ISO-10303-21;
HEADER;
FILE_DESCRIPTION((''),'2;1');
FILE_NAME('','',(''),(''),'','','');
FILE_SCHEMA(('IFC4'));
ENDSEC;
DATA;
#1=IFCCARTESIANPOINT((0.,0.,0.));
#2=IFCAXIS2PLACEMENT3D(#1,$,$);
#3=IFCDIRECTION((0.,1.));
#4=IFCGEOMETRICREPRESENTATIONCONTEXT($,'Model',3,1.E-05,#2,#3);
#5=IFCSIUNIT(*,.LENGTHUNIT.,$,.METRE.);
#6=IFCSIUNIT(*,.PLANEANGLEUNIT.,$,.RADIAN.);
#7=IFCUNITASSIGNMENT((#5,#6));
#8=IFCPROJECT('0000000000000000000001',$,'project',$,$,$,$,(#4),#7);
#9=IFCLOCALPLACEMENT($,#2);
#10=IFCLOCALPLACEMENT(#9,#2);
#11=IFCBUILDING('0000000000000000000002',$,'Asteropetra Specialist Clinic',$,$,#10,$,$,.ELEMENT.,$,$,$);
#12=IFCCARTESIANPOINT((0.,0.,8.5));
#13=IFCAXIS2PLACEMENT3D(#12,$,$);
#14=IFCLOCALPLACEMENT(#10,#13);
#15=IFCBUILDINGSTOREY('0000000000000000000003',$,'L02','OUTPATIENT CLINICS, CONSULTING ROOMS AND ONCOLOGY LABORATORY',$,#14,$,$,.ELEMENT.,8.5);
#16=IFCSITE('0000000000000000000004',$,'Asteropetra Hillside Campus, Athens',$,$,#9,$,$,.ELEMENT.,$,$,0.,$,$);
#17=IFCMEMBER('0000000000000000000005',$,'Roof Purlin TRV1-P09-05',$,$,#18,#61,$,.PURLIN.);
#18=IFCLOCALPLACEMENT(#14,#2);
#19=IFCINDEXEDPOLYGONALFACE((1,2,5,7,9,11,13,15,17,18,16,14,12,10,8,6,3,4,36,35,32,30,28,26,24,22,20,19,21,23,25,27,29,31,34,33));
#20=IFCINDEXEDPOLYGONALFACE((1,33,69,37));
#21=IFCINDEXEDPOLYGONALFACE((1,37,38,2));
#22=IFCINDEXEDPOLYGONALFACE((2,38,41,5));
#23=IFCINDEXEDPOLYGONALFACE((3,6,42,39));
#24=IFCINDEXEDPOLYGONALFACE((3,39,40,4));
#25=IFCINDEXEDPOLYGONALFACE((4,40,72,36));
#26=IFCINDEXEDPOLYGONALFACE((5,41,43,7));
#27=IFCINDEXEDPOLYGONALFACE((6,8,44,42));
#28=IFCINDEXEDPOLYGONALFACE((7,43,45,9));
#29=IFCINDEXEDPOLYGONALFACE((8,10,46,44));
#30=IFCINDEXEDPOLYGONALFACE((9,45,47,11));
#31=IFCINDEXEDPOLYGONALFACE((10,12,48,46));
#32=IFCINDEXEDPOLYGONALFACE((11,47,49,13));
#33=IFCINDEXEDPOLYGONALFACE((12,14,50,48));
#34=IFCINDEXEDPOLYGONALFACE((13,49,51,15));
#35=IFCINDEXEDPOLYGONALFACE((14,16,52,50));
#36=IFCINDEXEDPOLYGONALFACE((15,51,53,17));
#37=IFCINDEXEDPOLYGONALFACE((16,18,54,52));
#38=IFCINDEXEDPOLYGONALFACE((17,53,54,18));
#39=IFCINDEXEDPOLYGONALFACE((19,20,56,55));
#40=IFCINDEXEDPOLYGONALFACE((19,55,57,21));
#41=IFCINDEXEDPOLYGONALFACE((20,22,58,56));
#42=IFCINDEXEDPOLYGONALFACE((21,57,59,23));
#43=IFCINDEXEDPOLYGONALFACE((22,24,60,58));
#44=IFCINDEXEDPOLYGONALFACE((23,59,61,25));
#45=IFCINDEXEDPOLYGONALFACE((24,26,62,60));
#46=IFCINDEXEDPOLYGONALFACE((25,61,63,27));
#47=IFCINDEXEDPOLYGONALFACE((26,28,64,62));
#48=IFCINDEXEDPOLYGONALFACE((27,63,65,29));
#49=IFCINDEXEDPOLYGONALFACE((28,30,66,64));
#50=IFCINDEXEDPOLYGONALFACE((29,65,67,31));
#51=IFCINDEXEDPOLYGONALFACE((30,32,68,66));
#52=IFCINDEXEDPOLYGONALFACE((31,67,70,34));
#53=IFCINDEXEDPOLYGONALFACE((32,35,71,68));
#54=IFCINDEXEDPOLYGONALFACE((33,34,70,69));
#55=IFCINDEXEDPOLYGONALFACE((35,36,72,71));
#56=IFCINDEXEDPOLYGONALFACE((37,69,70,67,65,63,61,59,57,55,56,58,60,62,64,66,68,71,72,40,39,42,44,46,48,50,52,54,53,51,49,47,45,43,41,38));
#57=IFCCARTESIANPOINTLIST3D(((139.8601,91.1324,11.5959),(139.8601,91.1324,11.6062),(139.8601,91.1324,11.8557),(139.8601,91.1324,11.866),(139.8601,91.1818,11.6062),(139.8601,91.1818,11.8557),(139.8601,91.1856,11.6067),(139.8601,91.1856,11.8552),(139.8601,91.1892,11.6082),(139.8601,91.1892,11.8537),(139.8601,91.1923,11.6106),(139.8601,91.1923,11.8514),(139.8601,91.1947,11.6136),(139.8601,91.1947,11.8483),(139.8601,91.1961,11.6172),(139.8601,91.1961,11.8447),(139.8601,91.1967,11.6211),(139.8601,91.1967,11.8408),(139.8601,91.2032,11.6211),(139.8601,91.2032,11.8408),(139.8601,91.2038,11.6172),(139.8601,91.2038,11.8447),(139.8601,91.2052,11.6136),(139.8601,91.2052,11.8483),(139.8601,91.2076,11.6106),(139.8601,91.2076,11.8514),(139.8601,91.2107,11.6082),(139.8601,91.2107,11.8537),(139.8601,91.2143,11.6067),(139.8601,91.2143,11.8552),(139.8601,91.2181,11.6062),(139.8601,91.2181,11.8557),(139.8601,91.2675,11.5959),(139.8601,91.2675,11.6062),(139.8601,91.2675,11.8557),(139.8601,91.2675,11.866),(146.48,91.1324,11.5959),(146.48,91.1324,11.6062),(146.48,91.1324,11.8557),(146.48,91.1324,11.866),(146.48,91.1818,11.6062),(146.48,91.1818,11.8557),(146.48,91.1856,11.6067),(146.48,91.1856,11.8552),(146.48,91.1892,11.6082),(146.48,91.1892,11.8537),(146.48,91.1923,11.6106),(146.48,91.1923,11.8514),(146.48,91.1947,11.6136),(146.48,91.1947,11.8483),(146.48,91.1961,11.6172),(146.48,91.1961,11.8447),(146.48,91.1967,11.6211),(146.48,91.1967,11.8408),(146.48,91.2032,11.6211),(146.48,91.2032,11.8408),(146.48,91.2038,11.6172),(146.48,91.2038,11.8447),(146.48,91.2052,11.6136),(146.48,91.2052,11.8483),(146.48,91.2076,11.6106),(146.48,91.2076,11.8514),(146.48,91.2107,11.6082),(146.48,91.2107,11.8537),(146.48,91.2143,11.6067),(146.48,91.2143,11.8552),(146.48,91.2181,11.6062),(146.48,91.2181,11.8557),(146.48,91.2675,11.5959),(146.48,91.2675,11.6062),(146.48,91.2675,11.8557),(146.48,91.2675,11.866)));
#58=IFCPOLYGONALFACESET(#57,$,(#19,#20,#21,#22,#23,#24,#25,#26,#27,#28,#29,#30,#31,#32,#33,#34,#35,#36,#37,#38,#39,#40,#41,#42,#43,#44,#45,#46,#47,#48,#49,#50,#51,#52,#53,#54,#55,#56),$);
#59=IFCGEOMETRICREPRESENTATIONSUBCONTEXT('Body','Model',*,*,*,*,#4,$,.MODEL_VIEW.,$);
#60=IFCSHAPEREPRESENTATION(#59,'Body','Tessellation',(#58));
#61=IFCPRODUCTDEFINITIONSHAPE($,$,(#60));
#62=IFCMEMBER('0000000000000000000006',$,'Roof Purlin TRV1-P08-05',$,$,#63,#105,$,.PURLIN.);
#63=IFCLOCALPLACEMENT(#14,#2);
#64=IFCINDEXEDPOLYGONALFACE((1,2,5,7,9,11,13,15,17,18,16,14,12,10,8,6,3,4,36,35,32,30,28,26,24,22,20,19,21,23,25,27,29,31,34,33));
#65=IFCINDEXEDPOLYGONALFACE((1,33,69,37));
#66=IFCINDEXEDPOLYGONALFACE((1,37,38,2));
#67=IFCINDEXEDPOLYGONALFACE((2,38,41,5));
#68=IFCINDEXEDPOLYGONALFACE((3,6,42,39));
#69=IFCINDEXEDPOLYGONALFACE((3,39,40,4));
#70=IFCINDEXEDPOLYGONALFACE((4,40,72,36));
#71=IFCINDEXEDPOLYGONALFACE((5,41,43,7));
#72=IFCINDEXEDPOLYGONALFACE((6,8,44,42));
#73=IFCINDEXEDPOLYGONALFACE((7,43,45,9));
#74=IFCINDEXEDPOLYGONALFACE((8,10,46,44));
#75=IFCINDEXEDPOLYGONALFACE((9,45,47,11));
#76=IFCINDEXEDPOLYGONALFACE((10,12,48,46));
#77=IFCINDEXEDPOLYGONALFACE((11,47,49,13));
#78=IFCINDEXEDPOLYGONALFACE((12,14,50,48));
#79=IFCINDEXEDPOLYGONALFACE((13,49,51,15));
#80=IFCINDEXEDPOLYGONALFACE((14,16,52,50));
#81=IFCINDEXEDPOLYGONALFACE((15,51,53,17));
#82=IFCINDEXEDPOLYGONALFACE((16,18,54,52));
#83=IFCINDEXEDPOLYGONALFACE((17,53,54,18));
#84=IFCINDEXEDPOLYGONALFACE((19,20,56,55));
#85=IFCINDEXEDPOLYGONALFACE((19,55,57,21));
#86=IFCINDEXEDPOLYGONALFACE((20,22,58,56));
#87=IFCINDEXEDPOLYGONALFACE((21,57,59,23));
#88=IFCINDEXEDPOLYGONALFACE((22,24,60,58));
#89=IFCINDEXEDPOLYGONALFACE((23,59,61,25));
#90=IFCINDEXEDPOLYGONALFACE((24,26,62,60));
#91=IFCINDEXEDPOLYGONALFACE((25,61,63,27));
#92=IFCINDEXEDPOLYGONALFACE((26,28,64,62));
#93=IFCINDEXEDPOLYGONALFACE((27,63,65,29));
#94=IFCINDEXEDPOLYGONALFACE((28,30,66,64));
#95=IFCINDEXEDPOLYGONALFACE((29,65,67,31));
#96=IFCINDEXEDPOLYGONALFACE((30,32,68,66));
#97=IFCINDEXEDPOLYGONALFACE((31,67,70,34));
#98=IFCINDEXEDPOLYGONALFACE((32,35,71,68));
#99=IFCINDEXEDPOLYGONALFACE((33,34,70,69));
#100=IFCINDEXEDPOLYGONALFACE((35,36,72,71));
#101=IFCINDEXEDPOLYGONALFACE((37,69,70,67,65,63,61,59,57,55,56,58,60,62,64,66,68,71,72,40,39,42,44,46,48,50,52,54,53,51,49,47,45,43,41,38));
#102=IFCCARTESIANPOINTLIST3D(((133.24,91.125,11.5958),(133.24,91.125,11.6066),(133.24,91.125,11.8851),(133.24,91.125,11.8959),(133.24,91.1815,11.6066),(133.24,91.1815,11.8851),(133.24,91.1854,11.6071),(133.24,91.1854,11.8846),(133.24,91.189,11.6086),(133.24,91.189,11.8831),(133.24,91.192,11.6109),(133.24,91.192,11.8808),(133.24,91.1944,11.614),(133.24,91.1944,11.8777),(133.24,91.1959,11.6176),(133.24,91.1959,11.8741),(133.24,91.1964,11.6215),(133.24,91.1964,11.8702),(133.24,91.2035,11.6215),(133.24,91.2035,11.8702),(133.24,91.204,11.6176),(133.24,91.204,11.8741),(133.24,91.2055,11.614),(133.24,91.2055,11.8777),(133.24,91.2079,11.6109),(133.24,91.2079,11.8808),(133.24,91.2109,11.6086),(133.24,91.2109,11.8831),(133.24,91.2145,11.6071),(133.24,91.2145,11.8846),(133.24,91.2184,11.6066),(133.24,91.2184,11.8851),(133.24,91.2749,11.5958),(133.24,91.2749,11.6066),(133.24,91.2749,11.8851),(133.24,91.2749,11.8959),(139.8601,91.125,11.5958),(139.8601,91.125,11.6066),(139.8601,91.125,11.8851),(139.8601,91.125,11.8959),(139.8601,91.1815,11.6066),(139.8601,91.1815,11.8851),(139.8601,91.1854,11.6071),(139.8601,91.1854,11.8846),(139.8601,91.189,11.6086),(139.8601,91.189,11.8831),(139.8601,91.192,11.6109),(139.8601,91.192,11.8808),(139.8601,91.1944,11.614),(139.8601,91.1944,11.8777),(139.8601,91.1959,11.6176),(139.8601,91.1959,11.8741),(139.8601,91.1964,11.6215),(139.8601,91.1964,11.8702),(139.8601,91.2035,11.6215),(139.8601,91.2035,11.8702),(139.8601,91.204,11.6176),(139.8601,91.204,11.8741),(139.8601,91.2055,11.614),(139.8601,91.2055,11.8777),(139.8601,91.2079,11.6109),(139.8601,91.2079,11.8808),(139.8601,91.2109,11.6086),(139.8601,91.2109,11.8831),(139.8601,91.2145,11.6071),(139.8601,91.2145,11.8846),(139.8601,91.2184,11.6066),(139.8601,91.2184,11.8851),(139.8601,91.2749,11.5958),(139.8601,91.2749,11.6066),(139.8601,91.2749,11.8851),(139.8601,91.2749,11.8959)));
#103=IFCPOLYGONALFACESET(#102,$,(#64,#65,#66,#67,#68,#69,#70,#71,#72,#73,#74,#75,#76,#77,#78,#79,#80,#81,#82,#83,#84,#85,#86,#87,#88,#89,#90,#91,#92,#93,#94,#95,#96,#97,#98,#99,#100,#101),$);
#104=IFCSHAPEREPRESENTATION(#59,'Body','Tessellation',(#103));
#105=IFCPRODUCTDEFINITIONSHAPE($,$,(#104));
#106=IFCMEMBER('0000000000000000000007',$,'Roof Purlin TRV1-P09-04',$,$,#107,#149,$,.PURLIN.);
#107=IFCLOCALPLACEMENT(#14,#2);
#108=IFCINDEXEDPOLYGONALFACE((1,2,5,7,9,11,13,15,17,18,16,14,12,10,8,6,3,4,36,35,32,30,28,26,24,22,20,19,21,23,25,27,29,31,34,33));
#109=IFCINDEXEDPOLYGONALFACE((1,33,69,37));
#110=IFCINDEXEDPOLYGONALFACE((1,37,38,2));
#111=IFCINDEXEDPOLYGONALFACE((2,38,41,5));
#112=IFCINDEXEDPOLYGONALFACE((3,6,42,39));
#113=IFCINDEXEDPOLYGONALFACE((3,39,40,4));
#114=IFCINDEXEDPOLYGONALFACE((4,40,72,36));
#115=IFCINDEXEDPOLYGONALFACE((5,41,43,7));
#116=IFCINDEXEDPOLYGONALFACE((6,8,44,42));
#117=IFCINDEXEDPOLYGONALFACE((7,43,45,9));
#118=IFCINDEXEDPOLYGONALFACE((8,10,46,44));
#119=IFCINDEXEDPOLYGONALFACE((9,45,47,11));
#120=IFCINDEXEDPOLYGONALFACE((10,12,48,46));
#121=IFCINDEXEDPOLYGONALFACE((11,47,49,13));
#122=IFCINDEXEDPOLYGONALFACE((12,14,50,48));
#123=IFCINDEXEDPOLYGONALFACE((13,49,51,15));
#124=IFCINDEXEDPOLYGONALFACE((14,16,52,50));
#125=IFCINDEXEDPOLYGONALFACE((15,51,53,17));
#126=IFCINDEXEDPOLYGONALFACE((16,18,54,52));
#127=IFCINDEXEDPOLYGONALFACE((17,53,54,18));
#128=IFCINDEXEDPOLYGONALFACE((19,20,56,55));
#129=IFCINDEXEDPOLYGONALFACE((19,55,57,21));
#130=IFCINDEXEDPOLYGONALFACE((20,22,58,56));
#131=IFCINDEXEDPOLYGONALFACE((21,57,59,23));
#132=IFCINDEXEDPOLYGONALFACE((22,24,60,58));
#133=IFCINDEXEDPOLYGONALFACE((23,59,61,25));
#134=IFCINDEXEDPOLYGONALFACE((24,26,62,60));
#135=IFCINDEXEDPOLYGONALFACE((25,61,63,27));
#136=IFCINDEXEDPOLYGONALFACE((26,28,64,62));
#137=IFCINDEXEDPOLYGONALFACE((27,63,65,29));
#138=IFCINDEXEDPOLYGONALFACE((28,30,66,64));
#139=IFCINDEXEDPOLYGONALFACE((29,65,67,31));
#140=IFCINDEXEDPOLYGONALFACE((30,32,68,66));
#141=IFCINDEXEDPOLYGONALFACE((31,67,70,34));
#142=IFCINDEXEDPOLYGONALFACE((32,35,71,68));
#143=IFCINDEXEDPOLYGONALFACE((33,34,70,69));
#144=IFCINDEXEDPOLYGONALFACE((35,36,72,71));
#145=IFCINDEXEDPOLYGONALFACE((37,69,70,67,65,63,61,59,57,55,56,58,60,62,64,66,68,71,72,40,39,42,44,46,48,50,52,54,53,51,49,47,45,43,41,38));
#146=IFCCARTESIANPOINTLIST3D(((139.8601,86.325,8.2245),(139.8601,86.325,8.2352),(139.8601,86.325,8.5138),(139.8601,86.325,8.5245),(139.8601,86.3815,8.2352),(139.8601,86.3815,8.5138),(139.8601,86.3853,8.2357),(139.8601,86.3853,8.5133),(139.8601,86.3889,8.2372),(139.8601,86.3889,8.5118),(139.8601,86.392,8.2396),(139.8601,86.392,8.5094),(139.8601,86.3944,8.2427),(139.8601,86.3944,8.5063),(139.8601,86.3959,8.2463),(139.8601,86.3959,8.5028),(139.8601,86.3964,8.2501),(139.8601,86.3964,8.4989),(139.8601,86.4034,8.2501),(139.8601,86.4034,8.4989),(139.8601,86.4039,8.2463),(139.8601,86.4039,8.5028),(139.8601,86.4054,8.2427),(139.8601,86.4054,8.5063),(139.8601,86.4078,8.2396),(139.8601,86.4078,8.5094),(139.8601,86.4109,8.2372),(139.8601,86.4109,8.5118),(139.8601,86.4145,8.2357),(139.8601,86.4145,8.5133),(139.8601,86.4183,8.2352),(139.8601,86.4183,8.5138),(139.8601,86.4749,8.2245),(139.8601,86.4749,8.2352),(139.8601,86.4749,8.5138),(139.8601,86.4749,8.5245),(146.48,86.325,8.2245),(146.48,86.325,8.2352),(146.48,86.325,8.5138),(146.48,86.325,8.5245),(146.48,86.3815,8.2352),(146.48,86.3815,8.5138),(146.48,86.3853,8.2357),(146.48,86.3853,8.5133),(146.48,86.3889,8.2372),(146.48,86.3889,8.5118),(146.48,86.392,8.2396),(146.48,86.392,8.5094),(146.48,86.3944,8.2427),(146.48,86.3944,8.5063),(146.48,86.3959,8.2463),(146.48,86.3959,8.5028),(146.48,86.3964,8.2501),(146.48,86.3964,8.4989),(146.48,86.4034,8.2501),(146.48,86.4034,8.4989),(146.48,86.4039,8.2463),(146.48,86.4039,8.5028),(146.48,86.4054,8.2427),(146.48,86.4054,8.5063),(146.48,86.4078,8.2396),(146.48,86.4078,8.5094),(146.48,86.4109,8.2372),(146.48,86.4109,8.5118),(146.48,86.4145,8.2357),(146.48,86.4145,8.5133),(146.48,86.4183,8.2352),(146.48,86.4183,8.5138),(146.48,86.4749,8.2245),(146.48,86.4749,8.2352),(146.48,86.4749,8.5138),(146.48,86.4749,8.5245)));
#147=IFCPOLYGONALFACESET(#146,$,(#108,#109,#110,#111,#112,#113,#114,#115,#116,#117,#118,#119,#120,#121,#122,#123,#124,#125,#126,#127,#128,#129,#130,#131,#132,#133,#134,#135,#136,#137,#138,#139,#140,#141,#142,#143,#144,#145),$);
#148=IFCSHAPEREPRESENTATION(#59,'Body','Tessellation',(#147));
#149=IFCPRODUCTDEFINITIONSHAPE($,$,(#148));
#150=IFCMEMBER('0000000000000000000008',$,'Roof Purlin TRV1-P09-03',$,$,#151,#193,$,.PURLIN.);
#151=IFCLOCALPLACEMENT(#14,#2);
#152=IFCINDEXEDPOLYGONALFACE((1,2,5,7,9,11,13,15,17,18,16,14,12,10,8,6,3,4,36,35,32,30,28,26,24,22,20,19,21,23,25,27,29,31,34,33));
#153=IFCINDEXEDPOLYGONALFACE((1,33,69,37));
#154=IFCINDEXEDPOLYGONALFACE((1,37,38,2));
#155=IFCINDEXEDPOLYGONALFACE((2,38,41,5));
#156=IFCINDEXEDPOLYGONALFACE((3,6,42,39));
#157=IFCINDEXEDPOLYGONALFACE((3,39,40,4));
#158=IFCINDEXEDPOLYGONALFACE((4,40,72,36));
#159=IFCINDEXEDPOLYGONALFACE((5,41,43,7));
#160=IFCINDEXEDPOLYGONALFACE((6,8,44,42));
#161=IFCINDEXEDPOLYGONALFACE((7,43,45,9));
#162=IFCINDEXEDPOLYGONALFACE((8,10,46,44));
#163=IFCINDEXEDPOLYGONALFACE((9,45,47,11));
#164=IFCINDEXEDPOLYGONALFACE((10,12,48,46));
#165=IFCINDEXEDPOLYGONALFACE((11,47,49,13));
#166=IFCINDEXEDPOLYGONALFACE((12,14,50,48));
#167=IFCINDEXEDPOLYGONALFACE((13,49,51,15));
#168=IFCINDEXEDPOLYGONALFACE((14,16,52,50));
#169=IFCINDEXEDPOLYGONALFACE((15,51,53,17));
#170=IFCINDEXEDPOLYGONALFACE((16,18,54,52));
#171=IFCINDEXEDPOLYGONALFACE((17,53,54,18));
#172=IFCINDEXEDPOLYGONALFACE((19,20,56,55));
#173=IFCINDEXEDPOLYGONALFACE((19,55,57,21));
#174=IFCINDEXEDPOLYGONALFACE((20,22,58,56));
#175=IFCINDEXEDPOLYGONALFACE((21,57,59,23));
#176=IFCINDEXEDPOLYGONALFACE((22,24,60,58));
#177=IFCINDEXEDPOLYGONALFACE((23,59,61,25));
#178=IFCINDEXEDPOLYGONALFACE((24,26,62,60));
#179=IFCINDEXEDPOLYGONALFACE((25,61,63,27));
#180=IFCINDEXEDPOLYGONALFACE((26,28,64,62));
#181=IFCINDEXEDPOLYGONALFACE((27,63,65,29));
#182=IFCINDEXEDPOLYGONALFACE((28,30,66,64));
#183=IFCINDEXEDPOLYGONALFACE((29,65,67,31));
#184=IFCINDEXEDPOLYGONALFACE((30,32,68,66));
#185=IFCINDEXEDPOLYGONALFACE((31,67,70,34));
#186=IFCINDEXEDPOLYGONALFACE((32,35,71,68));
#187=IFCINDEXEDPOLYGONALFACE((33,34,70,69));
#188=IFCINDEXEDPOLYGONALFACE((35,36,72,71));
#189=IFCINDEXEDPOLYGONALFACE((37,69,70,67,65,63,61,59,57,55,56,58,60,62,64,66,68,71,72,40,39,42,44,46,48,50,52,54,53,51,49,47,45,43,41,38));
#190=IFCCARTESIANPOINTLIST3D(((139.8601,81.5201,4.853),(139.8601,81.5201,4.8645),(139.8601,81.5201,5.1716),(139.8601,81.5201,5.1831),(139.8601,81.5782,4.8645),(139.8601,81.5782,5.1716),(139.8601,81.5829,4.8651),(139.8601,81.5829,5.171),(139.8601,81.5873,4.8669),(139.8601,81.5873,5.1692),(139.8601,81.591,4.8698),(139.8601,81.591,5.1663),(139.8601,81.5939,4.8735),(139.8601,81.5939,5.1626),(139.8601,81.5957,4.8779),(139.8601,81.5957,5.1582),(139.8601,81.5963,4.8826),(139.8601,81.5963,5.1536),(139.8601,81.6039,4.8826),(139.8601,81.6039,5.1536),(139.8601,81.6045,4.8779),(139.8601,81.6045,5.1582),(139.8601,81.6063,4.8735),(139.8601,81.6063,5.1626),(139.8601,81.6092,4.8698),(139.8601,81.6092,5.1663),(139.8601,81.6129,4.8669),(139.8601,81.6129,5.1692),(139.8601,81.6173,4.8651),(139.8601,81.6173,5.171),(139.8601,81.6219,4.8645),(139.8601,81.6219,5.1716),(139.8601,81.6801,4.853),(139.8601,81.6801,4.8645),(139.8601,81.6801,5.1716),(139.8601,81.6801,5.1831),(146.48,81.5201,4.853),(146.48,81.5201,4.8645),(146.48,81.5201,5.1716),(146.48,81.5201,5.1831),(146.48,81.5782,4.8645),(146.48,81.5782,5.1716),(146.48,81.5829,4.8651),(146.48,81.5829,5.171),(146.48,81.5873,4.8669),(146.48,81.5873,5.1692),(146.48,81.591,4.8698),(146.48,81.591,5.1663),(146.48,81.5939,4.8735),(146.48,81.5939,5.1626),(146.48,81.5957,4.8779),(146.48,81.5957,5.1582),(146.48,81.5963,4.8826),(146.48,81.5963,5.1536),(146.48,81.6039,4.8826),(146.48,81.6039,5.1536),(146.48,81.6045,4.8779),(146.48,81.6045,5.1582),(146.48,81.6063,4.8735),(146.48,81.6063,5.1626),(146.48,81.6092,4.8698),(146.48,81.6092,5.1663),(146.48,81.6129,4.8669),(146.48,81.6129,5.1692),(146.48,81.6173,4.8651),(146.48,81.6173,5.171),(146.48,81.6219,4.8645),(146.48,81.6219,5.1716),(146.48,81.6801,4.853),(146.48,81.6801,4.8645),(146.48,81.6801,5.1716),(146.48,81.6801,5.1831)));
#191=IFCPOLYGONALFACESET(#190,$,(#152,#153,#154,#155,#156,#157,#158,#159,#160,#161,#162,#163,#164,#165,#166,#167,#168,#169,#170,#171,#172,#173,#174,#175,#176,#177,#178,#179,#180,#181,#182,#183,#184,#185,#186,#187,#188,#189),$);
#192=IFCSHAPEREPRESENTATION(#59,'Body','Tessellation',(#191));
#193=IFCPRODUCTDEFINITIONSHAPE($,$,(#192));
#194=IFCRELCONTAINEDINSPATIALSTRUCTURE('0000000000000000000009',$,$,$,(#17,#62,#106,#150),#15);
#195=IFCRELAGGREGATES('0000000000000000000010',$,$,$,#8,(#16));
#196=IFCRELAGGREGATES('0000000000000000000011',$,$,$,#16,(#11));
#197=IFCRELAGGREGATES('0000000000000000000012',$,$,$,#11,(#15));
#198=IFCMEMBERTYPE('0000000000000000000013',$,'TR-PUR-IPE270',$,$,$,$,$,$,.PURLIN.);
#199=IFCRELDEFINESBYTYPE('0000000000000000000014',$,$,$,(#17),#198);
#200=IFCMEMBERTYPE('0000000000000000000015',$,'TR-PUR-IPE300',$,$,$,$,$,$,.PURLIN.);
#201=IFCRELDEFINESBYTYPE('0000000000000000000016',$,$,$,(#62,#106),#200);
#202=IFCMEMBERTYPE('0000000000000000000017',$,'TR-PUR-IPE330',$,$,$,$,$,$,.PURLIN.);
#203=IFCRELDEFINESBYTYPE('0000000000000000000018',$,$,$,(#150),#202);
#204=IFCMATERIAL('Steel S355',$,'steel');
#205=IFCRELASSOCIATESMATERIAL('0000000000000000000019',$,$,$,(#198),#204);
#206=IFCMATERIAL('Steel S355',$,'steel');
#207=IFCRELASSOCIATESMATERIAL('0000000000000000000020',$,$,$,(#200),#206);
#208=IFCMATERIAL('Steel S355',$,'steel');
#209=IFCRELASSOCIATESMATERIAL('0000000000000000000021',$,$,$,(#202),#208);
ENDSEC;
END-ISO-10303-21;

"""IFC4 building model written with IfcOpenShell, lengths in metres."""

from ifc_helpers import new_model, si_unit, direction, frame, origin, origin_2d, place, context, subcontext, project, spatial, i_section, extrude, material, material_profile, profile_set, type_object, element, save


model = new_model("IFC4")

# Units and contexts
model_context = context("Model", 3, precision=1e-05, world=origin(), true_north=direction((0.0, 1.0)))
body_context = subcontext(model_context, "Body", "Model", "MODEL_VIEW")
ifc_project = project(units=[si_unit("LENGTHUNIT", "METRE"), si_unit("PLANEANGLEUNIT", "RADIAN")], contexts=[model_context])

# Site, building, storey
site_placement = place(None, origin())
site = spatial("IfcSite", under=ifc_project, at=site_placement, Name="Asteropetra Hillside Campus, Athens", CompositionType="ELEMENT", RefElevation=0.0)
building_placement = place(site_placement, origin())
building = spatial("IfcBuilding", under=site, at=building_placement, Name="Asteropetra Specialist Clinic", CompositionType="ELEMENT")
storey_placement = place(building_placement, frame((0.0, 0.0, 8.5)))
storey = spatial("IfcBuildingStorey", under=building, at=storey_placement, Name="L02", Description="OUTPATIENT CLINICS, CONSULTING ROOMS AND ONCOLOGY LABORATORY", CompositionType="ELEMENT", Elevation=8.5)

# Members
ifc_material_1 = material(Name="Steel S355", Category="steel")
ifc_material_profile_1 = material_profile(ifc_material_1, i_section(OverallWidth=0.135, OverallDepth=0.27, WebThickness=0.0066, FlangeThickness=0.0103, FilletRadius=0.0149, at=origin_2d()), Name="IPE 270")
ifc_profile_set_1 = profile_set([ifc_material_profile_1], Name="Steel S355")
member_type_1 = type_object("IfcMemberType", Name="TR-PUR-IPE270", PredefinedType="PURLIN", material=ifc_profile_set_1)
member_1_placement = place(storey_placement, frame((139.8601, 91.2, 11.731), z_axis=(1.0, 0.0, 0.0), x_axis=(0.0, 1.0, 0.0)))
element("IfcMember", 1, at=member_1_placement, inside=storey, type_object=member_type_1, Name="Roof Purlin TRV1-P09-05", PredefinedType="PURLIN", context=body_context, shape_type="SweptSolid", body=[
    extrude(i_section(OverallWidth=0.135, OverallDepth=0.27, WebThickness=0.0066, FlangeThickness=0.0103, FilletRadius=0.0149, at=origin_2d()), origin(), (0.0, 0.0, 1.0), 6.6199),
])
ifc_material_2 = material(Name="Steel S355", Category="steel")
ifc_material_profile_2 = material_profile(ifc_material_2, i_section(OverallWidth=0.1499, OverallDepth=0.3, WebThickness=0.0071, FlangeThickness=0.0107, FilletRadius=0.0149, at=origin_2d()), Name="IPE 300")
ifc_profile_set_2 = profile_set([ifc_material_profile_2], Name="Steel S355")
member_type_2 = type_object("IfcMemberType", Name="TR-PUR-IPE300", PredefinedType="PURLIN", material=ifc_profile_set_2)
member_2_placement = place(storey_placement, frame((133.24, 91.2, 11.7458), z_axis=(1.0, 0.0, 0.0), x_axis=(0.0, 1.0, 0.0)))
element("IfcMember", 2, at=member_2_placement, inside=storey, type_object=member_type_2, Name="Roof Purlin TRV1-P08-05", PredefinedType="PURLIN", context=body_context, shape_type="SweptSolid", body=[
    extrude(i_section(OverallWidth=0.1499, OverallDepth=0.3, WebThickness=0.0071, FlangeThickness=0.0107, FilletRadius=0.0149, at=origin_2d()), origin(), (0.0, 0.0, 1.0), 6.6201),
])
member_3_placement = place(storey_placement, frame((139.8601, 86.3999, 8.3745), z_axis=(1.0, 0.0, 0.0), x_axis=(0.0, 1.0, 0.0)))
element("IfcMember", 3, at=member_3_placement, inside=storey, type_object=member_type_2, Name="Roof Purlin TRV1-P09-04", PredefinedType="PURLIN", context=body_context, shape_type="SweptSolid", body=[
    extrude(i_section(OverallWidth=0.1499, OverallDepth=0.3, WebThickness=0.0071, FlangeThickness=0.0107, FilletRadius=0.0149, at=origin_2d()), origin(), (0.0, 0.0, 1.0), 6.6199),
])
ifc_material_3 = material(Name="Steel S355", Category="steel")
ifc_material_profile_3 = material_profile(ifc_material_3, i_section(OverallWidth=0.1599, OverallDepth=0.3301, WebThickness=0.0076, FlangeThickness=0.0115, FilletRadius=0.0181, at=origin_2d()), Name="IPE 330")
ifc_profile_set_3 = profile_set([ifc_material_profile_3], Name="Steel S355")
member_type_3 = type_object("IfcMemberType", Name="TR-PUR-IPE330", PredefinedType="PURLIN", material=ifc_profile_set_3)
member_4_placement = place(storey_placement, frame((139.8601, 81.6001, 5.0181), z_axis=(1.0, 0.0, 0.0), x_axis=(0.0, 1.0, 0.0)))
element("IfcMember", 4, at=member_4_placement, inside=storey, type_object=member_type_3, Name="Roof Purlin TRV1-P09-03", PredefinedType="PURLIN", context=body_context, shape_type="SweptSolid", body=[
    extrude(i_section(OverallWidth=0.1599, OverallDepth=0.3301, WebThickness=0.0076, FlangeThickness=0.0115, FilletRadius=0.0181, at=origin_2d()), origin(), (0.0, 0.0, 1.0), 6.6199),
])

save(model, "model.ifc")
